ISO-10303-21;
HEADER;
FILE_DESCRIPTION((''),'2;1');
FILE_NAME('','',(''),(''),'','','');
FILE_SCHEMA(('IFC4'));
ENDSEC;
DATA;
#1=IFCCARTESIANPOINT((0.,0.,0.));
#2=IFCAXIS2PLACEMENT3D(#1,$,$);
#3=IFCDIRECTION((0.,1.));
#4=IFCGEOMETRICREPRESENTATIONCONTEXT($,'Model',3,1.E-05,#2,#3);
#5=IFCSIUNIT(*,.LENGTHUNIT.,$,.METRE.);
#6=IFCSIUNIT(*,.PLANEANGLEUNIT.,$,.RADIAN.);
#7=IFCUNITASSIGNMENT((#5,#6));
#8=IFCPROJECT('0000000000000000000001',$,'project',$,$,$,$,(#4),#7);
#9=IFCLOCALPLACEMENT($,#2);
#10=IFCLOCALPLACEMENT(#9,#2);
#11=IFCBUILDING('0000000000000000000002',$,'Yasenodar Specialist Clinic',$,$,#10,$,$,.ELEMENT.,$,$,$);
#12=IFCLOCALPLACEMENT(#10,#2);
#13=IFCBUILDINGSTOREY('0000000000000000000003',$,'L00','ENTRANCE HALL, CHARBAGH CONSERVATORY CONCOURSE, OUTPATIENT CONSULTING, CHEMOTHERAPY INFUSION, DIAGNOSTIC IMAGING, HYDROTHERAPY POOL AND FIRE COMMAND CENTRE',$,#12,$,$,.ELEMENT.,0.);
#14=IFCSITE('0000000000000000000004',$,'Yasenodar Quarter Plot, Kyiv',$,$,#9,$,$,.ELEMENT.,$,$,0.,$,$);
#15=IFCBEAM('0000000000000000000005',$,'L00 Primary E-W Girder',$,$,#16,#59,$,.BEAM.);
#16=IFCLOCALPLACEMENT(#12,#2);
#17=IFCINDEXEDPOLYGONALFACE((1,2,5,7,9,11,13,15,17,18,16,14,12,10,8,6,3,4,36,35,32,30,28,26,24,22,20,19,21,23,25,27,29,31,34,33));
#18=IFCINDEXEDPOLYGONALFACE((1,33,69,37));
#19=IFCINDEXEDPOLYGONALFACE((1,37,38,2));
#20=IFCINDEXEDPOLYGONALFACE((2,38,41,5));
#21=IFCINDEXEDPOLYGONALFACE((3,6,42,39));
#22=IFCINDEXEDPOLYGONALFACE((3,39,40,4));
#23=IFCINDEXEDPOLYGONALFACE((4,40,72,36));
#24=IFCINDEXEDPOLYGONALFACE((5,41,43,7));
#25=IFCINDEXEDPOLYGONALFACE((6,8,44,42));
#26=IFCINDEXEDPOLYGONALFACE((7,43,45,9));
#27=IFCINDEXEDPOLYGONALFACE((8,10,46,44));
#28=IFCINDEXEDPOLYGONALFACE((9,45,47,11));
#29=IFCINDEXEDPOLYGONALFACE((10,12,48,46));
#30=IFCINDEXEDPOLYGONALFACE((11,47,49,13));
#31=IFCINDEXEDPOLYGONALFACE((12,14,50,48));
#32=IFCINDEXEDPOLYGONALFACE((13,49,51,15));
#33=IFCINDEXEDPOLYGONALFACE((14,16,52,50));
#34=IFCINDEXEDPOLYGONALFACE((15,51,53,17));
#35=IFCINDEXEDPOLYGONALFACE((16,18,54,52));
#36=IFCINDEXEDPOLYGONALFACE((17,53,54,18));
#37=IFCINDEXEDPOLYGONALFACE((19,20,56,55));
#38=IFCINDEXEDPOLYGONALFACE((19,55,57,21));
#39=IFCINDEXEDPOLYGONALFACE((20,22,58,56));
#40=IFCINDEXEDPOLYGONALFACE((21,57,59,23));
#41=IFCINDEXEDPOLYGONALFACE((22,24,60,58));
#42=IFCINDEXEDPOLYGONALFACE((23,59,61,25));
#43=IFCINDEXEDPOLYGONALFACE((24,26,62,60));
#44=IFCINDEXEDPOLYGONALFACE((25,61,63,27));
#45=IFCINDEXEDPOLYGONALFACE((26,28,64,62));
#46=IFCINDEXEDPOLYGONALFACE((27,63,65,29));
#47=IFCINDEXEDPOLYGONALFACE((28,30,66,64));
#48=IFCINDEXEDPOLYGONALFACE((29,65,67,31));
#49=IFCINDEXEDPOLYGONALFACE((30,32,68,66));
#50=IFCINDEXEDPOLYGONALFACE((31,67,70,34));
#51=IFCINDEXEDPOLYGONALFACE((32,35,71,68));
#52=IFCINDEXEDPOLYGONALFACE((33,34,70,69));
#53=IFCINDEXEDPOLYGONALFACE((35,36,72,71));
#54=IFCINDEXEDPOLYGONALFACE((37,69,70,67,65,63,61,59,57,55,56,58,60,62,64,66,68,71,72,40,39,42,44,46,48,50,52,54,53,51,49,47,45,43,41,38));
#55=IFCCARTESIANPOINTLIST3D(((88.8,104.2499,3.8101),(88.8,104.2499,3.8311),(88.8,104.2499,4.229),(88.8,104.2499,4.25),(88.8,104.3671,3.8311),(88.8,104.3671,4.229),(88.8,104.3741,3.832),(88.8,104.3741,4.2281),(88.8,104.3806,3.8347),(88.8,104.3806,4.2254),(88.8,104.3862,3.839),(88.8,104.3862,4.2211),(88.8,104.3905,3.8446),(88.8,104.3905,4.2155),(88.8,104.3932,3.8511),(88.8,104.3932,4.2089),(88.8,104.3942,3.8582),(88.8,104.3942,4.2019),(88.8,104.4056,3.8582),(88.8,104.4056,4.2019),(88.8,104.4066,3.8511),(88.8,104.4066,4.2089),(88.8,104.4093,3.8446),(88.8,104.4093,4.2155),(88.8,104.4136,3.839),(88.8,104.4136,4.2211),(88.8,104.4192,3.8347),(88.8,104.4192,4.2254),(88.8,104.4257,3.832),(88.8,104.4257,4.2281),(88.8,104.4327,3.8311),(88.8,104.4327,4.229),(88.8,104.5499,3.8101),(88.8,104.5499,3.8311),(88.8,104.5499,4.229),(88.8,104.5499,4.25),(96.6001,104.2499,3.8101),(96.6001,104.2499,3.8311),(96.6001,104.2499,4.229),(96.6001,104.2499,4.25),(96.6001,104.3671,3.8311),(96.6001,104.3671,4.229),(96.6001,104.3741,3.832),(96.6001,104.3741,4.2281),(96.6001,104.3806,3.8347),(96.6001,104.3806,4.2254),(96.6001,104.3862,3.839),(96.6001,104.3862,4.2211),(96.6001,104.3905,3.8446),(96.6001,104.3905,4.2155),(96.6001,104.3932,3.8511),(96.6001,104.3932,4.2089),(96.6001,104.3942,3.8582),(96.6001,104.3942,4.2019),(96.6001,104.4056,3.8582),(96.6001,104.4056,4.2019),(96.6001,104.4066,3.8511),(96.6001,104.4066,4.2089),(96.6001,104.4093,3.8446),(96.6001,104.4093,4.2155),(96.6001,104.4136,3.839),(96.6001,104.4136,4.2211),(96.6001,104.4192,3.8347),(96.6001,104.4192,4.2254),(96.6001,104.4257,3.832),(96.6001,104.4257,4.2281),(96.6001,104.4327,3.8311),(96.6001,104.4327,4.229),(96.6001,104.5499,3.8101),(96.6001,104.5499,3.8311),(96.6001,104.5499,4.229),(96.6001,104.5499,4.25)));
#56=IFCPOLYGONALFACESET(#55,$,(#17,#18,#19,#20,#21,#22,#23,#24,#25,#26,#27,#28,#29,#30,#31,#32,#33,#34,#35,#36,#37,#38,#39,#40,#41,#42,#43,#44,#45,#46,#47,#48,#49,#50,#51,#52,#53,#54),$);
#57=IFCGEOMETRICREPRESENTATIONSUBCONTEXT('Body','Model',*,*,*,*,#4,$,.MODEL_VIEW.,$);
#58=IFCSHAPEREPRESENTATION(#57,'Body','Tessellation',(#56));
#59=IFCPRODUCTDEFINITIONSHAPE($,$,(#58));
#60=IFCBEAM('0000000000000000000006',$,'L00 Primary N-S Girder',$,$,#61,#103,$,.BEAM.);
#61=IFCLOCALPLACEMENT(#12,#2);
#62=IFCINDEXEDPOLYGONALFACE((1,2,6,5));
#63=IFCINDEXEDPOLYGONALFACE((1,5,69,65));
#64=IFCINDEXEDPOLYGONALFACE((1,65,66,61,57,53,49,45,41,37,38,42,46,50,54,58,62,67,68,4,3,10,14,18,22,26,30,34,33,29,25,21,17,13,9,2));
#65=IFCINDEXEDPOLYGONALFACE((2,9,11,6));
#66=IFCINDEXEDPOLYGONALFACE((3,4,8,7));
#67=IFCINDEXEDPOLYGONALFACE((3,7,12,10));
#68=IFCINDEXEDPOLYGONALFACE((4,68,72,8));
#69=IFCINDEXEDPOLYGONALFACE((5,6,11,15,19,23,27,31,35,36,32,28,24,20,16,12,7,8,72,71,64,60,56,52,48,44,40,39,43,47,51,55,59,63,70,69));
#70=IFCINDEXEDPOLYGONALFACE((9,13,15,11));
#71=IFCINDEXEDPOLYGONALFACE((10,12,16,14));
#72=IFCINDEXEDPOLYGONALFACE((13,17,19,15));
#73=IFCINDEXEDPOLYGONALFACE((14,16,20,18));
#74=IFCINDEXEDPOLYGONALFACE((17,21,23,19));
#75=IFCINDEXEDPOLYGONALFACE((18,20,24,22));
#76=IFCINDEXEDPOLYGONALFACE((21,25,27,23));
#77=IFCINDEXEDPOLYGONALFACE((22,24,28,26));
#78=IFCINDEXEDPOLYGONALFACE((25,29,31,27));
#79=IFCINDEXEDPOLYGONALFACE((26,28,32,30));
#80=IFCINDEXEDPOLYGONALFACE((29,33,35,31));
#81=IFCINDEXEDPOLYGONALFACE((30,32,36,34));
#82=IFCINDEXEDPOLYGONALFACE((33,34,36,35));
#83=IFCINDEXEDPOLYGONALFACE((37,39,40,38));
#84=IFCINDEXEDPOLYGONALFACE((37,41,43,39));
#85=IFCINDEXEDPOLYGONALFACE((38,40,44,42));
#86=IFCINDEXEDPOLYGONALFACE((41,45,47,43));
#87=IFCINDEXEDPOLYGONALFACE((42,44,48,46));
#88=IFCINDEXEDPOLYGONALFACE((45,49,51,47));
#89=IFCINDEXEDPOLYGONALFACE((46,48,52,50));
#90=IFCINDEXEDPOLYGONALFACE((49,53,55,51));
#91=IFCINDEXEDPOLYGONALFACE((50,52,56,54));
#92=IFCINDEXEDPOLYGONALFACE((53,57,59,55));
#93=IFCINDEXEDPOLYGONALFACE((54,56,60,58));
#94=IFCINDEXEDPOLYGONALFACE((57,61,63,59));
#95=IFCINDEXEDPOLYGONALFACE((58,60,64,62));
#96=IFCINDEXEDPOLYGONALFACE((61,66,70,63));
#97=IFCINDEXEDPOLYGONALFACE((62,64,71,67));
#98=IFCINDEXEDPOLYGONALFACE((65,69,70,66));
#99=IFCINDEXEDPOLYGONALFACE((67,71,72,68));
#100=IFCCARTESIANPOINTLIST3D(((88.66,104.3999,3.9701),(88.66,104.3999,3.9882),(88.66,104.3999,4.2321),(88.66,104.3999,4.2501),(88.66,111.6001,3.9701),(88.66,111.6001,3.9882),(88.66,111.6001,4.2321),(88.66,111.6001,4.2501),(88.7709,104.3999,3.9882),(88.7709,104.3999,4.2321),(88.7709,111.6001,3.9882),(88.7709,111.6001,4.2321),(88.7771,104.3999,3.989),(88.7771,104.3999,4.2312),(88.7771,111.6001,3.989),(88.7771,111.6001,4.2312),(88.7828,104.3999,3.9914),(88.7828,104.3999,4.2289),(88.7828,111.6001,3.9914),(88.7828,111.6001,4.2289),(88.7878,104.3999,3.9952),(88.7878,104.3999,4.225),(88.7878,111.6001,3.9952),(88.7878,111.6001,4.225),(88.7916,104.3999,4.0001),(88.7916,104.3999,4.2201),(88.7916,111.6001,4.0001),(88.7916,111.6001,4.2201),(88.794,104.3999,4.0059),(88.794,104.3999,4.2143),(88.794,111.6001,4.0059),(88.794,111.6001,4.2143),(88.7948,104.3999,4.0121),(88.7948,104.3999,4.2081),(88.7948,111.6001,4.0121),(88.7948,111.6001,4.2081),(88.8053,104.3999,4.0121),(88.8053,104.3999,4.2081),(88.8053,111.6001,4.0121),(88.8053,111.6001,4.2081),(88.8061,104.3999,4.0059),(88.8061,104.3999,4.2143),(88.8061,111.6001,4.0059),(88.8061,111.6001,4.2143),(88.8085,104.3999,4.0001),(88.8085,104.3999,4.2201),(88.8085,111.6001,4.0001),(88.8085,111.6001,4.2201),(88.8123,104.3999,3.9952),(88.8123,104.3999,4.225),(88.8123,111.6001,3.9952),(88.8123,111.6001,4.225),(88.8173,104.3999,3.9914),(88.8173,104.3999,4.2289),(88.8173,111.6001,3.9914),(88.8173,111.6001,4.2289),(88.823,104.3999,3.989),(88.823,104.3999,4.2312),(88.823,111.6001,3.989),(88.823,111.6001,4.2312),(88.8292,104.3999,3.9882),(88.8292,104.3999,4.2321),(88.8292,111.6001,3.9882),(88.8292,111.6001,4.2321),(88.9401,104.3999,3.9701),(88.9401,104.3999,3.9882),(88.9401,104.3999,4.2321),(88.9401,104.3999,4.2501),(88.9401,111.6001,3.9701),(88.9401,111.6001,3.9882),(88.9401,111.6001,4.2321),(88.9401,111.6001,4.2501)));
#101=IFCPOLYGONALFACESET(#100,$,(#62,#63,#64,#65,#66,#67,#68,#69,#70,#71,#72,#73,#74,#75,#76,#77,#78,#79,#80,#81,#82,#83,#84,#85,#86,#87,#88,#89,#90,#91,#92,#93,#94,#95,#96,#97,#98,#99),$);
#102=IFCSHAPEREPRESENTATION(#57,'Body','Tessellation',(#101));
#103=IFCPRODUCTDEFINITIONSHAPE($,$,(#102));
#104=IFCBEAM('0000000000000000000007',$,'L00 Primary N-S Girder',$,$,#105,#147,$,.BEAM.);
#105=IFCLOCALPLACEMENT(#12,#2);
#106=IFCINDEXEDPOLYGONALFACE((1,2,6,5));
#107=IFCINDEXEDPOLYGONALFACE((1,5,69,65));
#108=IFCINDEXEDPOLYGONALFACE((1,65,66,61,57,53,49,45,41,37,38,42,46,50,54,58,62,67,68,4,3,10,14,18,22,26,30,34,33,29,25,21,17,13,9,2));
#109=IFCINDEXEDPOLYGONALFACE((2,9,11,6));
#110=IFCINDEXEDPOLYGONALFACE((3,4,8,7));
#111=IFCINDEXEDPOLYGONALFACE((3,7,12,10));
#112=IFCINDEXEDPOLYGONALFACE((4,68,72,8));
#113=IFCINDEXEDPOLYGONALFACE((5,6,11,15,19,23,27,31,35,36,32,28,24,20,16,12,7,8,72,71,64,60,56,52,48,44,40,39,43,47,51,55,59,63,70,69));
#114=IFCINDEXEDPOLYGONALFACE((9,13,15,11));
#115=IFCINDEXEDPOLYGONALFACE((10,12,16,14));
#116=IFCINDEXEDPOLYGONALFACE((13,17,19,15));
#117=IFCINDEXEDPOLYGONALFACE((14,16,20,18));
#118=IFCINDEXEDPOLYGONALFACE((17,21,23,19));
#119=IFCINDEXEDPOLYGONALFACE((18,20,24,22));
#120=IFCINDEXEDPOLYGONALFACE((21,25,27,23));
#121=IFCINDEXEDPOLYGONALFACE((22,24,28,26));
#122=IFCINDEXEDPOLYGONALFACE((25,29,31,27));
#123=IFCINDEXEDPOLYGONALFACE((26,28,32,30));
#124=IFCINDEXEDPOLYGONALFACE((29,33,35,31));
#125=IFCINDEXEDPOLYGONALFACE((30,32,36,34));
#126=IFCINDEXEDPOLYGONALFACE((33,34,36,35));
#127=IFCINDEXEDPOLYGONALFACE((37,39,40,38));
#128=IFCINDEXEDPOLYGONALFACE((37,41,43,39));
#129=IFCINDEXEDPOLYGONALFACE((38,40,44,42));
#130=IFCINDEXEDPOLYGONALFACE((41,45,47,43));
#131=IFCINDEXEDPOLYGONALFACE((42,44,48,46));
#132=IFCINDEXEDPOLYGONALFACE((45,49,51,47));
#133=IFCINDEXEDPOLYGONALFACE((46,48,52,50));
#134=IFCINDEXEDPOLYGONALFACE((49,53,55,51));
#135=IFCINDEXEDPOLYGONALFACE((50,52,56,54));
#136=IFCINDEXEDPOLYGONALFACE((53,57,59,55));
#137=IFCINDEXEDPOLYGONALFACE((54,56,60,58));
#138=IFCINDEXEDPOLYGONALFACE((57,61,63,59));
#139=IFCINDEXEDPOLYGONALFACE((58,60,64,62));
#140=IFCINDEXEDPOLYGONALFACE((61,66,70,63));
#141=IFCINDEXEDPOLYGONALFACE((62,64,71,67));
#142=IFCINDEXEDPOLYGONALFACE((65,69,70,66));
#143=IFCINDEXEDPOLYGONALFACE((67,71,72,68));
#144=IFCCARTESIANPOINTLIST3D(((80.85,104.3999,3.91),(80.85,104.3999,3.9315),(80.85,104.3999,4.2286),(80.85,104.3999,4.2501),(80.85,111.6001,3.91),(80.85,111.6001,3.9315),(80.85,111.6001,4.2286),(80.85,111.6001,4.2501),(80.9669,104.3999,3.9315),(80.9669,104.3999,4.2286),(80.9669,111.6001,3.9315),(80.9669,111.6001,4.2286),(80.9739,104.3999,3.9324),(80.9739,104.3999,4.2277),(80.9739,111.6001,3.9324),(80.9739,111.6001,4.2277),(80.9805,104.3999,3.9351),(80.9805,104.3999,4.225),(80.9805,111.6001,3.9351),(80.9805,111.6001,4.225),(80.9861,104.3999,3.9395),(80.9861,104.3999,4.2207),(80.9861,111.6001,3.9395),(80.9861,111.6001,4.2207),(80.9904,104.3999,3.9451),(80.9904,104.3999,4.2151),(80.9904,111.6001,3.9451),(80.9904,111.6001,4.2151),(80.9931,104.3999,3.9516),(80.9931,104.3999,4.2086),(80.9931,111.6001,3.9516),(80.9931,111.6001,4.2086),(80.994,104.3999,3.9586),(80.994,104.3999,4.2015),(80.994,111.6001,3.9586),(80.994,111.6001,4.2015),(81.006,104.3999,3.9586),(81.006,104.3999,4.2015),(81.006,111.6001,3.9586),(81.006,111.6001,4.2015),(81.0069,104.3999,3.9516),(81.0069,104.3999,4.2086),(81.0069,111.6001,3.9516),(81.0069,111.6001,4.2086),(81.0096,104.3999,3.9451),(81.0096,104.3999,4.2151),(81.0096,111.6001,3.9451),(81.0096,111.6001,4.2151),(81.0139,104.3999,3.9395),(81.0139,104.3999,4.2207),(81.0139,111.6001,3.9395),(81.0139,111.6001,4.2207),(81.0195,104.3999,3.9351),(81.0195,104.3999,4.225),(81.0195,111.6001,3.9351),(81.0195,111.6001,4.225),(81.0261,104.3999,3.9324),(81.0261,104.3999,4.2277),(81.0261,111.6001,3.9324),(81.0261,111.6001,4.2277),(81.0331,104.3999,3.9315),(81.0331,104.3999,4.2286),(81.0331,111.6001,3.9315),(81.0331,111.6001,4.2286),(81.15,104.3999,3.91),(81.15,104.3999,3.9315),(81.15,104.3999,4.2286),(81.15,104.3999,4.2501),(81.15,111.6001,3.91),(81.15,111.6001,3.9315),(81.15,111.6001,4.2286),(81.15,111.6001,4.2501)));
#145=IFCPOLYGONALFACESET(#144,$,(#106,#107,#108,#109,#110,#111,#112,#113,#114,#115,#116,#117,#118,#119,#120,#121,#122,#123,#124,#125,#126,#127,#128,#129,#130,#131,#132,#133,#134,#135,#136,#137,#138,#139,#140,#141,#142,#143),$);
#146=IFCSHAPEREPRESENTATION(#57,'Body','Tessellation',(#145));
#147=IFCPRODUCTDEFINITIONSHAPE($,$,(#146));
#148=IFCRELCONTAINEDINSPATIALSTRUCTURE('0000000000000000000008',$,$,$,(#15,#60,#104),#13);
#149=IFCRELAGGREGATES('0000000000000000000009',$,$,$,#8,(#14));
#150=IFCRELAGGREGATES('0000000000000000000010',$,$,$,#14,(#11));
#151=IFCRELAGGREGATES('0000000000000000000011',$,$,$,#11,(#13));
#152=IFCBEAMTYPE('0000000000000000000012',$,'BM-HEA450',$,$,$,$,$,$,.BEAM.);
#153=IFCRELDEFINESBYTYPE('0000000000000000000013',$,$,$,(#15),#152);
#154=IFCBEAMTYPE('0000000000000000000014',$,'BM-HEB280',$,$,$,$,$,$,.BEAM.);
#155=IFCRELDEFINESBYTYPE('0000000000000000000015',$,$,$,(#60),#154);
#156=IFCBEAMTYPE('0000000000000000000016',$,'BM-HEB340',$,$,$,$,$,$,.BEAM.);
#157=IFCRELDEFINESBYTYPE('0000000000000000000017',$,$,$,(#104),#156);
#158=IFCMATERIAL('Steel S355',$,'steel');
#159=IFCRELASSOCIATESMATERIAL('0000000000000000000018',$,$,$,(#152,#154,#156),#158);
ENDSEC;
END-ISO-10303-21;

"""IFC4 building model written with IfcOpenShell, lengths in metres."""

from ifc_helpers import new_model, si_unit, direction, frame, origin, origin_2d, place, context, subcontext, project, spatial, i_section, extrude, material, material_profile, profile_set, type_object, element, save


model = new_model("IFC4")

# Units and contexts
model_context = context("Model", 3, precision=1e-05, world=origin(), true_north=direction((0.0, 1.0)))
body_context = subcontext(model_context, "Body", "Model", "MODEL_VIEW")
ifc_project = project(units=[si_unit("LENGTHUNIT", "METRE"), si_unit("PLANEANGLEUNIT", "RADIAN")], contexts=[model_context])

# Site, building, storey
site_placement = place(None, origin())
site = spatial("IfcSite", under=ifc_project, at=site_placement, Name="Yasenodar Quarter Plot, Kyiv", CompositionType="ELEMENT", RefElevation=0.0)
building_placement = place(site_placement, origin())
building = spatial("IfcBuilding", under=site, at=building_placement, Name="Yasenodar Specialist Clinic", CompositionType="ELEMENT")
storey_placement = place(building_placement, origin())
storey = spatial("IfcBuildingStorey", under=building, at=storey_placement, Name="L00", Description="ENTRANCE HALL, CHARBAGH CONSERVATORY CONCOURSE, OUTPATIENT CONSULTING, CHEMOTHERAPY INFUSION, DIAGNOSTIC IMAGING, HYDROTHERAPY POOL AND FIRE COMMAND CENTRE", CompositionType="ELEMENT", Elevation=0.0)

# Shared definitions
ifc_material_1 = material(Name="Steel S355", Category="steel")

# Beams
ifc_material_profile_1 = material_profile(ifc_material_1, i_section(OverallWidth=0.3, OverallDepth=0.4399, WebThickness=0.0115, FlangeThickness=0.021, FilletRadius=0.0271, at=origin_2d()), Name="HEA 450")
ifc_profile_set_1 = profile_set([ifc_material_profile_1], Name="Steel S355")
beam_type_1 = type_object("IfcBeamType", Name="BM-HEA450", PredefinedType="BEAM", material=ifc_profile_set_1)
for number, where, z_axis, x_axis, name in (
    (1, (88.8, 104.3999, 4.03), (1.0, 0.0, 0.0), (0.0, 1.0, 0.0), "L00 Primary E-W Girder"),
):
    element("IfcBeam", number, at=place(storey_placement, frame(where, z_axis=z_axis, x_axis=x_axis)), inside=storey, type_object=beam_type_1, Name=name, PredefinedType="BEAM", context=body_context, shape_type="SweptSolid", body=[
        extrude(i_section(OverallWidth=0.3, OverallDepth=0.4399, WebThickness=0.0115, FlangeThickness=0.021, FilletRadius=0.0271, at=origin_2d()), origin(), (0.0, 0.0, 1.0), 7.8),
    ])
ifc_material_profile_2 = material_profile(ifc_material_1, i_section(OverallWidth=0.28, OverallDepth=0.28, WebThickness=0.0105, FlangeThickness=0.0181, FilletRadius=0.0239, at=origin_2d()), Name="HEB 280")
ifc_profile_set_2 = profile_set([ifc_material_profile_2], Name="Steel S355")
beam_type_2 = type_object("IfcBeamType", Name="BM-HEB280", PredefinedType="BEAM", material=ifc_profile_set_2)
beam_1_placement = place(storey_placement, frame((88.8, 104.3999, 4.1101), z_axis=(0.0, 1.0, 0.0), x_axis=(-1.0, 0.0, 0.0)))
element("IfcBeam", 2, at=beam_1_placement, inside=storey, type_object=beam_type_2, Name="L00 Primary N-S Girder", PredefinedType="BEAM", context=body_context, shape_type="SweptSolid", body=[
    extrude(i_section(OverallWidth=0.28, OverallDepth=0.28, WebThickness=0.0105, FlangeThickness=0.0181, FilletRadius=0.0239, at=origin_2d()), origin(), (0.0, 0.0, 1.0), 7.2002),
])
ifc_material_profile_3 = material_profile(ifc_material_1, i_section(OverallWidth=0.3, OverallDepth=0.3401, WebThickness=0.012, FlangeThickness=0.0215, FilletRadius=0.0271, at=origin_2d()), Name="HEB 340")
ifc_profile_set_3 = profile_set([ifc_material_profile_3], Name="Steel S355")
beam_type_3 = type_object("IfcBeamType", Name="BM-HEB340", PredefinedType="BEAM", material=ifc_profile_set_3)
beam_2_placement = place(storey_placement, frame((81.0, 104.3999, 4.0801), z_axis=(0.0, 1.0, 0.0), x_axis=(-1.0, 0.0, 0.0)))
element("IfcBeam", 3, at=beam_2_placement, inside=storey, type_object=beam_type_3, Name="L00 Primary N-S Girder", PredefinedType="BEAM", context=body_context, shape_type="SweptSolid", body=[
    extrude(i_section(OverallWidth=0.3, OverallDepth=0.3401, WebThickness=0.012, FlangeThickness=0.0215, FilletRadius=0.0271, at=origin_2d()), origin(), (0.0, 0.0, 1.0), 7.2002),
])

save(model, "model.ifc")
